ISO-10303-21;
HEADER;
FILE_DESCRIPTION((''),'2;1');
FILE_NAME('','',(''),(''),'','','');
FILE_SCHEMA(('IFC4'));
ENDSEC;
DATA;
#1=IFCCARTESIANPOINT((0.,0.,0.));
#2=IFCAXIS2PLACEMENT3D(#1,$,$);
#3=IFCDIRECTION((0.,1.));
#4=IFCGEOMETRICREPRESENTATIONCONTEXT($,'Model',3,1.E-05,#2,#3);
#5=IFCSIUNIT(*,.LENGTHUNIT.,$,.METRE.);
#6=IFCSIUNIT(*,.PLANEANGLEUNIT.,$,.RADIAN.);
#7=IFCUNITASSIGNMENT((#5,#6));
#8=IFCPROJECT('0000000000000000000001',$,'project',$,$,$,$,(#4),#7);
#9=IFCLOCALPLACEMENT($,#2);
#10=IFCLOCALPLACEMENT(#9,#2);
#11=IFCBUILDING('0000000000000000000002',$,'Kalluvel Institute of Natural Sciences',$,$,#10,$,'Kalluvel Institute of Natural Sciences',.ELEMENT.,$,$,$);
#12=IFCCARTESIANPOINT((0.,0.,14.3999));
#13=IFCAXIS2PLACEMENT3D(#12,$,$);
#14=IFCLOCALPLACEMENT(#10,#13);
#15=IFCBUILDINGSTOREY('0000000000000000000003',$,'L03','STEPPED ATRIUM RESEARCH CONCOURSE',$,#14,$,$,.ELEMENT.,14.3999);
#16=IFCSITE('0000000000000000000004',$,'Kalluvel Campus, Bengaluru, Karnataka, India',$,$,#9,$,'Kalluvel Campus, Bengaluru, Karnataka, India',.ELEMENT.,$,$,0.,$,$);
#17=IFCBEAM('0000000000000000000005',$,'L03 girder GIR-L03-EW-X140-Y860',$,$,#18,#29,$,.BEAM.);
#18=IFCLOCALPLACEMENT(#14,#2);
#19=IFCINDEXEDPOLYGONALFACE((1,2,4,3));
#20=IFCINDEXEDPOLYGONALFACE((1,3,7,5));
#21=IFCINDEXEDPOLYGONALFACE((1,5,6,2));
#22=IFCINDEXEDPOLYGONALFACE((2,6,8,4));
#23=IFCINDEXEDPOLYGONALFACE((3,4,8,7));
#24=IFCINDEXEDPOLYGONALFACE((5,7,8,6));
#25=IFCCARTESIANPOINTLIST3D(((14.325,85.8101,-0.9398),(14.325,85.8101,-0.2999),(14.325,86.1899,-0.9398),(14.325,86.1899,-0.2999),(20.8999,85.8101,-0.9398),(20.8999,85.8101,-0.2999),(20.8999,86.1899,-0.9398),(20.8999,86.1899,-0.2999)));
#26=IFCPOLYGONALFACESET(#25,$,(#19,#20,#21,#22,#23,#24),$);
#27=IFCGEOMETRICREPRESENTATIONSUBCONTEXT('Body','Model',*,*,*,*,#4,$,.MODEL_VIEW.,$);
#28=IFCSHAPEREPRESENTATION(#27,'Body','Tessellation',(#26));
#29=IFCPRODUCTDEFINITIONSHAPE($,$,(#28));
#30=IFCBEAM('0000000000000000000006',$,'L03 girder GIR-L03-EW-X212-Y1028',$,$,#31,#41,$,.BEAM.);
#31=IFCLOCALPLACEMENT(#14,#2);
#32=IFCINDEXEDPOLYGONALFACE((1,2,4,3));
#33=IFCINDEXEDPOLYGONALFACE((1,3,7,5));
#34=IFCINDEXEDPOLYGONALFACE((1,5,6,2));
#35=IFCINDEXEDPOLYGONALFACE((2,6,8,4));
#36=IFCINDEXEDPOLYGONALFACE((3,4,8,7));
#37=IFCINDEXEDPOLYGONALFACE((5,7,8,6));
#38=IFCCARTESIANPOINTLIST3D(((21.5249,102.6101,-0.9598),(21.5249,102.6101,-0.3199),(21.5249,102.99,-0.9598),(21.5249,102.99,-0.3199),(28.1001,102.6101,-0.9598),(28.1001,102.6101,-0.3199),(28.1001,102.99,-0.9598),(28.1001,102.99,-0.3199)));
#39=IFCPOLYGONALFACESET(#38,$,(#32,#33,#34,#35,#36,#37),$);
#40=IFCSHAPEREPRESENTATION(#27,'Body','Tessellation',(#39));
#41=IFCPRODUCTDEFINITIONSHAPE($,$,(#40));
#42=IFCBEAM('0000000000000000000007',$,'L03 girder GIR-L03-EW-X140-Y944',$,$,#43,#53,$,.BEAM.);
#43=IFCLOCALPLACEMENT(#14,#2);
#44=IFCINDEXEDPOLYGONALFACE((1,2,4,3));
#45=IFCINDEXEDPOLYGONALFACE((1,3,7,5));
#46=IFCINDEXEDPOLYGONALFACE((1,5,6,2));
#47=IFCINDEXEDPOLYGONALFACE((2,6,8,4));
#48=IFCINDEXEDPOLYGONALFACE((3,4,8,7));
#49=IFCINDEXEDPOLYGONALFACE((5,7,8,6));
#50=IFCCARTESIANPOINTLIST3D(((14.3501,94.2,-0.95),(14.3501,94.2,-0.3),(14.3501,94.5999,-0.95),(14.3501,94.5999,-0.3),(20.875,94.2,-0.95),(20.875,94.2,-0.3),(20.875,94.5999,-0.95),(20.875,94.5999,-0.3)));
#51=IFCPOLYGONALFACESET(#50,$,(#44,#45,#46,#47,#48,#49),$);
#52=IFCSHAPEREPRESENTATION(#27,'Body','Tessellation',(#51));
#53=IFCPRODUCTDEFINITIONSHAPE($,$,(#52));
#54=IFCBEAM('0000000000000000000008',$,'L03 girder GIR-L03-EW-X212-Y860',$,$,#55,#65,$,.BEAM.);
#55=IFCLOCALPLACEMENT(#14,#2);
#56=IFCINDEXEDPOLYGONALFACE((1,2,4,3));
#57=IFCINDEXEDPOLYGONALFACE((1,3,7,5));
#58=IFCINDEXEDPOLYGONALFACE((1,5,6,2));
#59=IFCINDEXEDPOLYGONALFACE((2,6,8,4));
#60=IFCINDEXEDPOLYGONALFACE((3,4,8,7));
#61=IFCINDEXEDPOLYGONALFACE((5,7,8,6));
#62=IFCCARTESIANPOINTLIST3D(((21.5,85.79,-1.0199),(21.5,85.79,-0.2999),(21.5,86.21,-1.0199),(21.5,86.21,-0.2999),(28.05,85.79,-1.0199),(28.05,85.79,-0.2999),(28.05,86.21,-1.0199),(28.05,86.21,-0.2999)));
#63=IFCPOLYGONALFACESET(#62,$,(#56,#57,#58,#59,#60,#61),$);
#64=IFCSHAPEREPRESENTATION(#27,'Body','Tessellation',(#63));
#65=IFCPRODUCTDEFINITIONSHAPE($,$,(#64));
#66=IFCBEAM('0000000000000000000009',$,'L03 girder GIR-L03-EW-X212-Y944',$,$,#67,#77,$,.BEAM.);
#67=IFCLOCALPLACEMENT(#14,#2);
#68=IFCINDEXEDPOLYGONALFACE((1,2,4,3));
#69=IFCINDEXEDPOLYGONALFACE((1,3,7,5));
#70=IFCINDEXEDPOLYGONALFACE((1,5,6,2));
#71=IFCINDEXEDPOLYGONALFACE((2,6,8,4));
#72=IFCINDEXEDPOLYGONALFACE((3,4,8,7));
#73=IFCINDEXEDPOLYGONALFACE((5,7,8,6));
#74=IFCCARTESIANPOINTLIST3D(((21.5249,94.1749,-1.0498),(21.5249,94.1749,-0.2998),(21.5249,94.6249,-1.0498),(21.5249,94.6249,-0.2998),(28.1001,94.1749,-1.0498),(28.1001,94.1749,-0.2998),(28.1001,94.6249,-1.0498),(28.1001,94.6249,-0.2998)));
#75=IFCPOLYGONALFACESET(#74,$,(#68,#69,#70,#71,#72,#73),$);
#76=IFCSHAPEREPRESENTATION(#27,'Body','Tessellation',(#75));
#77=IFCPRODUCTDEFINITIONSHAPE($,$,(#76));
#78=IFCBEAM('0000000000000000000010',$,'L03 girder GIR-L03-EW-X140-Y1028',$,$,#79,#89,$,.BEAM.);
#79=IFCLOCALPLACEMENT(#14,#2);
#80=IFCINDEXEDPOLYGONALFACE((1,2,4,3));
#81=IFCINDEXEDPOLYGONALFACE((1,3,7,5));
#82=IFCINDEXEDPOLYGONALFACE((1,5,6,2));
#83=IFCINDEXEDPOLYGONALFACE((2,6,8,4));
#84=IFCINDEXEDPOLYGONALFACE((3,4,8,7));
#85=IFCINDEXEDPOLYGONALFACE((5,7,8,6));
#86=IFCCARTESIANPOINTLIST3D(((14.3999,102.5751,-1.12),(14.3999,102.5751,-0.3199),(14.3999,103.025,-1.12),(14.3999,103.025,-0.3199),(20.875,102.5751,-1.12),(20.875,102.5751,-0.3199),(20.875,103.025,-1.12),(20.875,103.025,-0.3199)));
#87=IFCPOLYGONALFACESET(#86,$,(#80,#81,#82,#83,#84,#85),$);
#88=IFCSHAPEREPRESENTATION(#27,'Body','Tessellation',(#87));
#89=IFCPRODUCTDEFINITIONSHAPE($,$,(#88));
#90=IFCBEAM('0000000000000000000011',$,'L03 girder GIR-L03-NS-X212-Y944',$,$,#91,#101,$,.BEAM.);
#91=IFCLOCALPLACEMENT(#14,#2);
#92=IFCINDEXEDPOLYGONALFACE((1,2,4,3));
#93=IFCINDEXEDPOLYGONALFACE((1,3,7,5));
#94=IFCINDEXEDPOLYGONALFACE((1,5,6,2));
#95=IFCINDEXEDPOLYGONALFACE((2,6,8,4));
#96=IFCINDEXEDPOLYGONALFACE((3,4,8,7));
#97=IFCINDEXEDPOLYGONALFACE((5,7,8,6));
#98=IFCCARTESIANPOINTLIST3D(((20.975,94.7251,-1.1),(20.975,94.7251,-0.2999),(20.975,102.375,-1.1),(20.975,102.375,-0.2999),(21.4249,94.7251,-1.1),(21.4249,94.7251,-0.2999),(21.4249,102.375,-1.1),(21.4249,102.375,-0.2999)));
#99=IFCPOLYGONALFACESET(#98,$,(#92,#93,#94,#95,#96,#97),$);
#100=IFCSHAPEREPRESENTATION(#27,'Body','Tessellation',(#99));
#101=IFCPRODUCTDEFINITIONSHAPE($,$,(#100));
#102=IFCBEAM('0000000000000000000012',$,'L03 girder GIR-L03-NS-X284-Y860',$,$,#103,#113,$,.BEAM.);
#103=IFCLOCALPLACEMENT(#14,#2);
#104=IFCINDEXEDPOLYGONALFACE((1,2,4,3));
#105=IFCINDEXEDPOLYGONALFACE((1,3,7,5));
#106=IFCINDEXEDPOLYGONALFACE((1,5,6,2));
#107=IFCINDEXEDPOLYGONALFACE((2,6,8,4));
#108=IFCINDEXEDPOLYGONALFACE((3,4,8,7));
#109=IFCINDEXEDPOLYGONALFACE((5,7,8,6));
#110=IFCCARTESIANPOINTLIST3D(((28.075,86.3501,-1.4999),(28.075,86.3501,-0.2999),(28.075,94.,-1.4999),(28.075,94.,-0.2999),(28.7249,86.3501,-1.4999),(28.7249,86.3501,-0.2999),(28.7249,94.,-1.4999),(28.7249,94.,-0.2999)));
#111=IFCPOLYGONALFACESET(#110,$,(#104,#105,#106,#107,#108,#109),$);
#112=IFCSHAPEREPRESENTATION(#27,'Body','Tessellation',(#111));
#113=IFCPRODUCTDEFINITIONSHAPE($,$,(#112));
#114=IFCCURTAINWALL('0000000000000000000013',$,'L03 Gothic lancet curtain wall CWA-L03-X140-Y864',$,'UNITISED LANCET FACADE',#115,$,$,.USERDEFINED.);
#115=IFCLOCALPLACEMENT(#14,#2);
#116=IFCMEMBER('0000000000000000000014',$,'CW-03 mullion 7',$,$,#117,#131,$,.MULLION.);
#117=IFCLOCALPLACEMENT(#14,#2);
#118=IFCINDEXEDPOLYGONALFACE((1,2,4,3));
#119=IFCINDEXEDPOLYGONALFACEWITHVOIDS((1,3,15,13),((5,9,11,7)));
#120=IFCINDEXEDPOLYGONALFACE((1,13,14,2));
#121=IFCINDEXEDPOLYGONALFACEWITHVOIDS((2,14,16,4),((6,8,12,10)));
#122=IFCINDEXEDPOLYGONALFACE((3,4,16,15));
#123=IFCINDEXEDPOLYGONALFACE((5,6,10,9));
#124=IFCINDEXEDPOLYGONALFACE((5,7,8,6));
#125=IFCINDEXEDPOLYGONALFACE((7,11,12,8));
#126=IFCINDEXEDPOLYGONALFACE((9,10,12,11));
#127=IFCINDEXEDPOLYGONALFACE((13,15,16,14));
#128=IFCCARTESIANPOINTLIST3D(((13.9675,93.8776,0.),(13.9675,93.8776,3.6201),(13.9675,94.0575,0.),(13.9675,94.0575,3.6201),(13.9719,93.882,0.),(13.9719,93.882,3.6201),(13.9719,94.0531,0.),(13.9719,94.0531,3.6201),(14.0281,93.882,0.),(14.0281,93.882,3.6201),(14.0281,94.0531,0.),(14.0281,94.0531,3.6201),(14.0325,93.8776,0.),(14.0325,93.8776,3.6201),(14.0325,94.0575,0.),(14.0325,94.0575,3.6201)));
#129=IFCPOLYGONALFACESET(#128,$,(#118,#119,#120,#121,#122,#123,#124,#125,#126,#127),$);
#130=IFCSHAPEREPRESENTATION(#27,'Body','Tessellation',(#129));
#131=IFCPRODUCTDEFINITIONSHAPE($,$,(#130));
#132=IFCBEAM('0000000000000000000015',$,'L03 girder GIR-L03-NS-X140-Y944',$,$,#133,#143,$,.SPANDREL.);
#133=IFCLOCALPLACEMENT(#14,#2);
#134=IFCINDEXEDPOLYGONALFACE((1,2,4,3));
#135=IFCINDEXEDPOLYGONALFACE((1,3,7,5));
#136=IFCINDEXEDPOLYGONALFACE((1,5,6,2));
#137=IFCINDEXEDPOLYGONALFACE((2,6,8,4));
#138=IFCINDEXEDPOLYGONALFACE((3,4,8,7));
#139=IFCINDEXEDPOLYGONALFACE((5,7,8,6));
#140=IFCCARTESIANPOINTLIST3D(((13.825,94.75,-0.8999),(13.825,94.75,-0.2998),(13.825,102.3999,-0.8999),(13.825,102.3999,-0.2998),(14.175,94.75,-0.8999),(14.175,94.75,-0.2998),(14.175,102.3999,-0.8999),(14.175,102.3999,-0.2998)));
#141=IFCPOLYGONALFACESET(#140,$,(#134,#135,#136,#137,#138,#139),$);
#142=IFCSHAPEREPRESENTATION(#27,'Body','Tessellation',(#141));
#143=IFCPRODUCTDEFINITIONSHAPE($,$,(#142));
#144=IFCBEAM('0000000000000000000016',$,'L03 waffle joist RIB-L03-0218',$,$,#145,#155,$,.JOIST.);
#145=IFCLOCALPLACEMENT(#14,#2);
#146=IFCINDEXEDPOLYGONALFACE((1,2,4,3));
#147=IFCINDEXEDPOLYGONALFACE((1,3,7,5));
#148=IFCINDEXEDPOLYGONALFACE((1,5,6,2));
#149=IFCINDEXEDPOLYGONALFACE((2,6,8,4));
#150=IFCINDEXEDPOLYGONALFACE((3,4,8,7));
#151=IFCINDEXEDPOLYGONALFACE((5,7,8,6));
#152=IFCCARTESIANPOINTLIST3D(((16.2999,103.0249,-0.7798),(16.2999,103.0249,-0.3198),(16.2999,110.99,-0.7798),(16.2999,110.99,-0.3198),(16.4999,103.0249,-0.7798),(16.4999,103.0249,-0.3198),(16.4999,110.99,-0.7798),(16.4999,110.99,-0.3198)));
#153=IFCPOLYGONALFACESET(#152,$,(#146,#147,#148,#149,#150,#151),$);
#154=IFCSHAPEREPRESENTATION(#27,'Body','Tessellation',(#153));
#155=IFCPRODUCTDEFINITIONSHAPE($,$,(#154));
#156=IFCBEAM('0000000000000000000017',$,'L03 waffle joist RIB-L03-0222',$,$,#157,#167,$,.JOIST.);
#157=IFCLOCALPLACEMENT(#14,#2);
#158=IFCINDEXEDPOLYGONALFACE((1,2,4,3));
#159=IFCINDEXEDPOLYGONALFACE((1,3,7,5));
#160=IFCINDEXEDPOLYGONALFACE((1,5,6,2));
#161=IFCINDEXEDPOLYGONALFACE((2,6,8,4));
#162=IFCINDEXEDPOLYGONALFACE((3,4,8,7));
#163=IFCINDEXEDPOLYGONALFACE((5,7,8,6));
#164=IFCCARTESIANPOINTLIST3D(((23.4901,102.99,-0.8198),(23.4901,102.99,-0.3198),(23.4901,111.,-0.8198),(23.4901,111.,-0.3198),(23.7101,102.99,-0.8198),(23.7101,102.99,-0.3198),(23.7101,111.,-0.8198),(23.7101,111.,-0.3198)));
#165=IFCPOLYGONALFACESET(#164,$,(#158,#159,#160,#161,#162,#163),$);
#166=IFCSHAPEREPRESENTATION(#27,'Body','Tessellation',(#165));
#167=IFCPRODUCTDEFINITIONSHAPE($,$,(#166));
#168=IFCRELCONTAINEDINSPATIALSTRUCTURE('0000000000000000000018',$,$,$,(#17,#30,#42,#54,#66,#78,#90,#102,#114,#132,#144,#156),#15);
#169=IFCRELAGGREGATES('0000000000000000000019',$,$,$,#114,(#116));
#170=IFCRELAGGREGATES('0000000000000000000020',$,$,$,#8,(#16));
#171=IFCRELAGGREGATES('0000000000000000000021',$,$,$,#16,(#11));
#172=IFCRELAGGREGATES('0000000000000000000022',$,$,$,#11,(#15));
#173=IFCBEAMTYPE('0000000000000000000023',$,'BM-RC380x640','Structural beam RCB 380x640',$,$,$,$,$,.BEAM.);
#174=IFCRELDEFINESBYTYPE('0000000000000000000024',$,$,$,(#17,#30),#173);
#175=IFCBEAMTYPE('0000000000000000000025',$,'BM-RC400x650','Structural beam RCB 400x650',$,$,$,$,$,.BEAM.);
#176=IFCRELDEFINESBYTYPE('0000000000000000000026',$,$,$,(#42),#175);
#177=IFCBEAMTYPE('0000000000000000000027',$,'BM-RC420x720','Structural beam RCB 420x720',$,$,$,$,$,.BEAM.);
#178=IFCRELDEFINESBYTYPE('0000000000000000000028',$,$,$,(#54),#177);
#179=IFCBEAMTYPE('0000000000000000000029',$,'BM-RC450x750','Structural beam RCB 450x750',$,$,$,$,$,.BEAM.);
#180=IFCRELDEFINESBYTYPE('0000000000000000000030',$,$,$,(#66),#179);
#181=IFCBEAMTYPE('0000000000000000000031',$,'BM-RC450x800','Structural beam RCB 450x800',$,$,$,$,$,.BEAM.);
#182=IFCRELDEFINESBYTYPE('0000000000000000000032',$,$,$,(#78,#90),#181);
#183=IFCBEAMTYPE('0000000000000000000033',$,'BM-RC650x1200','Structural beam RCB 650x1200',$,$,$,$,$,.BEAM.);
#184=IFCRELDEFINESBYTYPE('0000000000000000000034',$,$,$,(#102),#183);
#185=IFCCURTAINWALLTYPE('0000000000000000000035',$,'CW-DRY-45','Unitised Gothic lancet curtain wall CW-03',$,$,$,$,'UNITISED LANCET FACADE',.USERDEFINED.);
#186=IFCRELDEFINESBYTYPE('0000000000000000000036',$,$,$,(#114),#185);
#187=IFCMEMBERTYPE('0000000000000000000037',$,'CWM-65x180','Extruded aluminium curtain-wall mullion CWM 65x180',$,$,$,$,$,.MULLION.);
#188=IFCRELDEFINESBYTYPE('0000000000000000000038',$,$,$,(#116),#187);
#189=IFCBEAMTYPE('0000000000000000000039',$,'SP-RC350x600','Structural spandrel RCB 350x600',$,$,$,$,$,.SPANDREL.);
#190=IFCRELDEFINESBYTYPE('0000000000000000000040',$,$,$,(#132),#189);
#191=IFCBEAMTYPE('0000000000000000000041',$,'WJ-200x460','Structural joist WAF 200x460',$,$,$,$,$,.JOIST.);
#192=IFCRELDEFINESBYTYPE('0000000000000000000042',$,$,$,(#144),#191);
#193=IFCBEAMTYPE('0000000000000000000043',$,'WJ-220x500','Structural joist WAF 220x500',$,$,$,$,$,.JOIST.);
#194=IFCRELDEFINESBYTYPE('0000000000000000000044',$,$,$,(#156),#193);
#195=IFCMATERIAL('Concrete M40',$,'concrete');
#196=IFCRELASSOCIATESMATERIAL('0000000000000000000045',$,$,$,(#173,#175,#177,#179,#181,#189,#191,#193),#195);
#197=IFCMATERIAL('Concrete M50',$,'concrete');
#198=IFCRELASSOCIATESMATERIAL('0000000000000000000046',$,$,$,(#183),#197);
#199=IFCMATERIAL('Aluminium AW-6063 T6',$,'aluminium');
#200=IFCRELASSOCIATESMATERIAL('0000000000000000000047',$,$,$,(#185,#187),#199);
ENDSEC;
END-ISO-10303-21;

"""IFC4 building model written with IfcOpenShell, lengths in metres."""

from ifc_helpers import new_model, si_unit, direction, frame, origin, origin_2d, place, context, subcontext, project, spatial, rectangle, hollow_rectangle, extrude, material, material_profile, profile_set, type_object, element, aggregate, save


model = new_model("IFC4")

# Units and contexts
model_context = context("Model", 3, precision=1e-05, world=origin(), true_north=direction((0.0, 1.0)))
body_context = subcontext(model_context, "Body", "Model", "MODEL_VIEW")
ifc_project = project(units=[si_unit("LENGTHUNIT", "METRE"), si_unit("PLANEANGLEUNIT", "RADIAN")], contexts=[model_context])

# Site, building, storey
site_placement = place(None, origin())
site = spatial("IfcSite", under=ifc_project, at=site_placement, Name="Kalluvel Campus, Bengaluru, Karnataka, India", LongName="Kalluvel Campus, Bengaluru, Karnataka, India", CompositionType="ELEMENT", RefElevation=0.0)
building_placement = place(site_placement, origin())
building = spatial("IfcBuilding", under=site, at=building_placement, Name="Kalluvel Institute of Natural Sciences", LongName="Kalluvel Institute of Natural Sciences", CompositionType="ELEMENT")
storey_placement = place(building_placement, frame((0.0, 0.0, 14.3999)))
storey = spatial("IfcBuildingStorey", under=building, at=storey_placement, Name="L03", Description="STEPPED ATRIUM RESEARCH CONCOURSE", CompositionType="ELEMENT", Elevation=14.3999)

# Shared definitions
ifc_material_1 = material(Name="Concrete M50", Category="concrete")
ifc_material_2 = material(Name="Concrete M40", Category="concrete")

# Beams
ifc_material_profile_1 = material_profile(ifc_material_2, rectangle(XDim=0.3799, YDim=0.6399, at=origin_2d()), Name="RCB 380x640")
ifc_profile_set_1 = profile_set([ifc_material_profile_1], Name="Concrete M40")
beam_type_1 = type_object("IfcBeamType", Name="BM-RC380x640", Description="Structural beam RCB 380x640", PredefinedType="BEAM", material=ifc_profile_set_1)
beam_1_placement = place(storey_placement, frame((14.325, 86.0, -0.6199), z_axis=(1.0, 0.0, 0.0), x_axis=(0.0, 1.0, 0.0)))
element("IfcBeam", 1, at=beam_1_placement, inside=storey, type_object=beam_type_1, Name="L03 girder GIR-L03-EW-X140-Y860", PredefinedType="BEAM", context=body_context, shape_type="SweptSolid", body=[
    extrude(rectangle(XDim=0.3799, YDim=0.6399, at=origin_2d()), origin(), (0.0, 0.0, 1.0), 6.575),
])
beam_2_placement = place(storey_placement, frame((21.5249, 102.8, -0.6399), z_axis=(1.0, 0.0, 0.0), x_axis=(0.0, 1.0, 0.0)))
element("IfcBeam", 2, at=beam_2_placement, inside=storey, type_object=beam_type_1, Name="L03 girder GIR-L03-EW-X212-Y1028", PredefinedType="BEAM", context=body_context, shape_type="SweptSolid", body=[
    extrude(rectangle(XDim=0.3799, YDim=0.6399, at=origin_2d()), origin(), (0.0, 0.0, 1.0), 6.5752),
])
ifc_material_profile_2 = material_profile(ifc_material_2, rectangle(XDim=0.3999, YDim=0.6499, at=origin_2d()), Name="RCB 400x650")
ifc_profile_set_2 = profile_set([ifc_material_profile_2], Name="Concrete M40")
beam_type_2 = type_object("IfcBeamType", Name="BM-RC400x650", Description="Structural beam RCB 400x650", PredefinedType="BEAM", material=ifc_profile_set_2)
beam_3_placement = place(storey_placement, frame((14.3501, 94.3999, -0.625), z_axis=(1.0, 0.0, 0.0), x_axis=(0.0, 1.0, 0.0)))
element("IfcBeam", 3, at=beam_3_placement, inside=storey, type_object=beam_type_2, Name="L03 girder GIR-L03-EW-X140-Y944", PredefinedType="BEAM", context=body_context, shape_type="SweptSolid", body=[
    extrude(rectangle(XDim=0.3999, YDim=0.6499, at=origin_2d()), origin(), (0.0, 0.0, 1.0), 6.5249),
])
ifc_material_profile_3 = material_profile(ifc_material_2, rectangle(XDim=0.4199, YDim=0.72, at=origin_2d()), Name="RCB 420x720")
ifc_profile_set_3 = profile_set([ifc_material_profile_3], Name="Concrete M40")
beam_type_3 = type_object("IfcBeamType", Name="BM-RC420x720", Description="Structural beam RCB 420x720", PredefinedType="BEAM", material=ifc_profile_set_3)
beam_4_placement = place(storey_placement, frame((21.5, 86.0, -0.6599), z_axis=(1.0, 0.0, 0.0), x_axis=(0.0, 1.0, 0.0)))
element("IfcBeam", 4, at=beam_4_placement, inside=storey, type_object=beam_type_3, Name="L03 girder GIR-L03-EW-X212-Y860", PredefinedType="BEAM", context=body_context, shape_type="SweptSolid", body=[
    extrude(rectangle(XDim=0.4199, YDim=0.72, at=origin_2d()), origin(), (0.0, 0.0, 1.0), 6.55),
])
ifc_material_profile_4 = material_profile(ifc_material_2, rectangle(XDim=0.45, YDim=0.75, at=origin_2d()), Name="RCB 450x750")
ifc_profile_set_4 = profile_set([ifc_material_profile_4], Name="Concrete M40")
beam_type_4 = type_object("IfcBeamType", Name="BM-RC450x750", Description="Structural beam RCB 450x750", PredefinedType="BEAM", material=ifc_profile_set_4)
beam_5_placement = place(storey_placement, frame((21.5249, 94.3999, -0.6748), z_axis=(1.0, 0.0, 0.0), x_axis=(0.0, 1.0, 0.0)))
element("IfcBeam", 5, at=beam_5_placement, inside=storey, type_object=beam_type_4, Name="L03 girder GIR-L03-EW-X212-Y944", PredefinedType="BEAM", context=body_context, shape_type="SweptSolid", body=[
    extrude(rectangle(XDim=0.45, YDim=0.75, at=origin_2d()), origin(), (0.0, 0.0, 1.0), 6.5752),
])
ifc_material_profile_5 = material_profile(ifc_material_2, rectangle(XDim=0.45, YDim=0.8, at=origin_2d()), Name="RCB 450x800")
ifc_profile_set_5 = profile_set([ifc_material_profile_5], Name="Concrete M40")
beam_type_5 = type_object("IfcBeamType", Name="BM-RC450x800", Description="Structural beam RCB 450x800", PredefinedType="BEAM", material=ifc_profile_set_5)
beam_6_placement = place(storey_placement, frame((14.3999, 102.8, -0.72), z_axis=(1.0, 0.0, 0.0), x_axis=(0.0, 1.0, 0.0)))
element("IfcBeam", 6, at=beam_6_placement, inside=storey, type_object=beam_type_5, Name="L03 girder GIR-L03-EW-X140-Y1028", PredefinedType="BEAM", context=body_context, shape_type="SweptSolid", body=[
    extrude(rectangle(XDim=0.45, YDim=0.8, at=origin_2d()), origin(), (0.0, 0.0, 1.0), 6.4751),
])
beam_7_placement = place(storey_placement, frame((21.2, 94.7251, -0.7), z_axis=(0.0, 1.0, 0.0), x_axis=(-1.0, 0.0, 0.0)))
element("IfcBeam", 7, at=beam_7_placement, inside=storey, type_object=beam_type_5, Name="L03 girder GIR-L03-NS-X212-Y944", PredefinedType="BEAM", context=body_context, shape_type="SweptSolid", body=[
    extrude(rectangle(XDim=0.45, YDim=0.8, at=origin_2d()), origin(), (0.0, 0.0, 1.0), 7.6499),
])
ifc_material_profile_6 = material_profile(ifc_material_1, rectangle(XDim=0.6499, YDim=1.2, at=origin_2d()), Name="RCB 650x1200")
ifc_profile_set_6 = profile_set([ifc_material_profile_6], Name="Concrete M50")
beam_type_6 = type_object("IfcBeamType", Name="BM-RC650x1200", Description="Structural beam RCB 650x1200", PredefinedType="BEAM", material=ifc_profile_set_6)
beam_8_placement = place(storey_placement, frame((28.3999, 86.3501, -0.8999), z_axis=(0.0, 1.0, 0.0), x_axis=(-1.0, 0.0, 0.0)))
element("IfcBeam", 8, at=beam_8_placement, inside=storey, type_object=beam_type_6, Name="L03 girder GIR-L03-NS-X284-Y860", PredefinedType="BEAM", context=body_context, shape_type="SweptSolid", body=[
    extrude(rectangle(XDim=0.6499, YDim=1.2, at=origin_2d()), origin(), (0.0, 0.0, 1.0), 7.6499),
])

# Curtain wall, member
ifc_material_3 = material(Name="Aluminium AW-6063 T6", Category="aluminium")
curtain_wall_type = type_object("IfcCurtainWallType", Name="CW-DRY-45", Description="Unitised Gothic lancet curtain wall CW-03", ElementType="UNITISED LANCET FACADE", PredefinedType="USERDEFINED", material=ifc_material_3)
curtain_wall_placement = place(storey_placement, origin())
curtain_wall = element("IfcCurtainWall", 9, at=curtain_wall_placement, inside=storey, type_object=curtain_wall_type, Name="L03 Gothic lancet curtain wall CWA-L03-X140-Y864", ObjectType="UNITISED LANCET FACADE", PredefinedType="USERDEFINED")
ifc_material_profile_7 = material_profile(ifc_material_3, hollow_rectangle(XDim=0.0649, YDim=0.1799, WallThickness=0.0044, at=origin_2d()), Name="CWM 65x180")
ifc_profile_set_7 = profile_set([ifc_material_profile_7], Name="Aluminium AW-6063 T6")
member_type = type_object("IfcMemberType", Name="CWM-65x180", Description="Extruded aluminium curtain-wall mullion CWM 65x180", PredefinedType="MULLION", material=ifc_profile_set_7)
member_placement = place(storey_placement, frame((14.0, 93.9675, 0.0), z_axis=(0.0, 0.0, 1.0), x_axis=(-1.0, 0.0, 0.0)))
member = element("IfcMember", 10, at=member_placement, type_object=member_type, Name="CW-03 mullion 7", PredefinedType="MULLION", context=body_context, shape_type="SweptSolid", body=[
    extrude(hollow_rectangle(XDim=0.0649, YDim=0.1799, WallThickness=0.0044, at=origin_2d()), origin(), (0.0, 0.0, 1.0), 3.6201),
])

# Beams
ifc_material_profile_8 = material_profile(ifc_material_2, rectangle(XDim=0.3501, YDim=0.6001, at=origin_2d()), Name="RCB 350x600")
ifc_profile_set_8 = profile_set([ifc_material_profile_8], Name="Concrete M40")
beam_type_7 = type_object("IfcBeamType", Name="SP-RC350x600", Description="Structural spandrel RCB 350x600", PredefinedType="SPANDREL", material=ifc_profile_set_8)
beam_9_placement = place(storey_placement, frame((14.0, 94.75, -0.5999), z_axis=(0.0, 1.0, 0.0), x_axis=(-1.0, 0.0, 0.0)))
element("IfcBeam", 11, at=beam_9_placement, inside=storey, type_object=beam_type_7, Name="L03 girder GIR-L03-NS-X140-Y944", PredefinedType="SPANDREL", context=body_context, shape_type="SweptSolid", body=[
    extrude(rectangle(XDim=0.3501, YDim=0.6001, at=origin_2d()), origin(), (0.0, 0.0, 1.0), 7.6499),
])
ifc_material_profile_9 = material_profile(ifc_material_2, rectangle(XDim=0.2, YDim=0.46, at=origin_2d()), Name="WAF 200x460")
ifc_profile_set_9 = profile_set([ifc_material_profile_9], Name="Concrete M40")
beam_type_8 = type_object("IfcBeamType", Name="WJ-200x460", Description="Structural joist WAF 200x460", PredefinedType="JOIST", material=ifc_profile_set_9)
beam_10_placement = place(storey_placement, frame((16.3999, 103.0249, -0.5498), z_axis=(0.0, 1.0, 0.0), x_axis=(-1.0, 0.0, 0.0)))
element("IfcBeam", 12, at=beam_10_placement, inside=storey, type_object=beam_type_8, Name="L03 waffle joist RIB-L03-0218", PredefinedType="JOIST", context=body_context, shape_type="SweptSolid", body=[
    extrude(rectangle(XDim=0.2, YDim=0.46, at=origin_2d()), origin(), (0.0, 0.0, 1.0), 7.9651),
])
ifc_material_profile_10 = material_profile(ifc_material_2, rectangle(XDim=0.22, YDim=0.5, at=origin_2d()), Name="WAF 220x500")
ifc_profile_set_10 = profile_set([ifc_material_profile_10], Name="Concrete M40")
beam_type_9 = type_object("IfcBeamType", Name="WJ-220x500", Description="Structural joist WAF 220x500", PredefinedType="JOIST", material=ifc_profile_set_10)
beam_11_placement = place(storey_placement, frame((23.6001, 102.99, -0.5698), z_axis=(0.0, 1.0, 0.0), x_axis=(-1.0, 0.0, 0.0)))
element("IfcBeam", 13, at=beam_11_placement, inside=storey, type_object=beam_type_9, Name="L03 waffle joist RIB-L03-0222", PredefinedType="JOIST", context=body_context, shape_type="SweptSolid", body=[
    extrude(rectangle(XDim=0.22, YDim=0.5, at=origin_2d()), origin(), (0.0, 0.0, 1.0), 8.01),
])

aggregate(curtain_wall, [member])

save(model, "model.ifc")
